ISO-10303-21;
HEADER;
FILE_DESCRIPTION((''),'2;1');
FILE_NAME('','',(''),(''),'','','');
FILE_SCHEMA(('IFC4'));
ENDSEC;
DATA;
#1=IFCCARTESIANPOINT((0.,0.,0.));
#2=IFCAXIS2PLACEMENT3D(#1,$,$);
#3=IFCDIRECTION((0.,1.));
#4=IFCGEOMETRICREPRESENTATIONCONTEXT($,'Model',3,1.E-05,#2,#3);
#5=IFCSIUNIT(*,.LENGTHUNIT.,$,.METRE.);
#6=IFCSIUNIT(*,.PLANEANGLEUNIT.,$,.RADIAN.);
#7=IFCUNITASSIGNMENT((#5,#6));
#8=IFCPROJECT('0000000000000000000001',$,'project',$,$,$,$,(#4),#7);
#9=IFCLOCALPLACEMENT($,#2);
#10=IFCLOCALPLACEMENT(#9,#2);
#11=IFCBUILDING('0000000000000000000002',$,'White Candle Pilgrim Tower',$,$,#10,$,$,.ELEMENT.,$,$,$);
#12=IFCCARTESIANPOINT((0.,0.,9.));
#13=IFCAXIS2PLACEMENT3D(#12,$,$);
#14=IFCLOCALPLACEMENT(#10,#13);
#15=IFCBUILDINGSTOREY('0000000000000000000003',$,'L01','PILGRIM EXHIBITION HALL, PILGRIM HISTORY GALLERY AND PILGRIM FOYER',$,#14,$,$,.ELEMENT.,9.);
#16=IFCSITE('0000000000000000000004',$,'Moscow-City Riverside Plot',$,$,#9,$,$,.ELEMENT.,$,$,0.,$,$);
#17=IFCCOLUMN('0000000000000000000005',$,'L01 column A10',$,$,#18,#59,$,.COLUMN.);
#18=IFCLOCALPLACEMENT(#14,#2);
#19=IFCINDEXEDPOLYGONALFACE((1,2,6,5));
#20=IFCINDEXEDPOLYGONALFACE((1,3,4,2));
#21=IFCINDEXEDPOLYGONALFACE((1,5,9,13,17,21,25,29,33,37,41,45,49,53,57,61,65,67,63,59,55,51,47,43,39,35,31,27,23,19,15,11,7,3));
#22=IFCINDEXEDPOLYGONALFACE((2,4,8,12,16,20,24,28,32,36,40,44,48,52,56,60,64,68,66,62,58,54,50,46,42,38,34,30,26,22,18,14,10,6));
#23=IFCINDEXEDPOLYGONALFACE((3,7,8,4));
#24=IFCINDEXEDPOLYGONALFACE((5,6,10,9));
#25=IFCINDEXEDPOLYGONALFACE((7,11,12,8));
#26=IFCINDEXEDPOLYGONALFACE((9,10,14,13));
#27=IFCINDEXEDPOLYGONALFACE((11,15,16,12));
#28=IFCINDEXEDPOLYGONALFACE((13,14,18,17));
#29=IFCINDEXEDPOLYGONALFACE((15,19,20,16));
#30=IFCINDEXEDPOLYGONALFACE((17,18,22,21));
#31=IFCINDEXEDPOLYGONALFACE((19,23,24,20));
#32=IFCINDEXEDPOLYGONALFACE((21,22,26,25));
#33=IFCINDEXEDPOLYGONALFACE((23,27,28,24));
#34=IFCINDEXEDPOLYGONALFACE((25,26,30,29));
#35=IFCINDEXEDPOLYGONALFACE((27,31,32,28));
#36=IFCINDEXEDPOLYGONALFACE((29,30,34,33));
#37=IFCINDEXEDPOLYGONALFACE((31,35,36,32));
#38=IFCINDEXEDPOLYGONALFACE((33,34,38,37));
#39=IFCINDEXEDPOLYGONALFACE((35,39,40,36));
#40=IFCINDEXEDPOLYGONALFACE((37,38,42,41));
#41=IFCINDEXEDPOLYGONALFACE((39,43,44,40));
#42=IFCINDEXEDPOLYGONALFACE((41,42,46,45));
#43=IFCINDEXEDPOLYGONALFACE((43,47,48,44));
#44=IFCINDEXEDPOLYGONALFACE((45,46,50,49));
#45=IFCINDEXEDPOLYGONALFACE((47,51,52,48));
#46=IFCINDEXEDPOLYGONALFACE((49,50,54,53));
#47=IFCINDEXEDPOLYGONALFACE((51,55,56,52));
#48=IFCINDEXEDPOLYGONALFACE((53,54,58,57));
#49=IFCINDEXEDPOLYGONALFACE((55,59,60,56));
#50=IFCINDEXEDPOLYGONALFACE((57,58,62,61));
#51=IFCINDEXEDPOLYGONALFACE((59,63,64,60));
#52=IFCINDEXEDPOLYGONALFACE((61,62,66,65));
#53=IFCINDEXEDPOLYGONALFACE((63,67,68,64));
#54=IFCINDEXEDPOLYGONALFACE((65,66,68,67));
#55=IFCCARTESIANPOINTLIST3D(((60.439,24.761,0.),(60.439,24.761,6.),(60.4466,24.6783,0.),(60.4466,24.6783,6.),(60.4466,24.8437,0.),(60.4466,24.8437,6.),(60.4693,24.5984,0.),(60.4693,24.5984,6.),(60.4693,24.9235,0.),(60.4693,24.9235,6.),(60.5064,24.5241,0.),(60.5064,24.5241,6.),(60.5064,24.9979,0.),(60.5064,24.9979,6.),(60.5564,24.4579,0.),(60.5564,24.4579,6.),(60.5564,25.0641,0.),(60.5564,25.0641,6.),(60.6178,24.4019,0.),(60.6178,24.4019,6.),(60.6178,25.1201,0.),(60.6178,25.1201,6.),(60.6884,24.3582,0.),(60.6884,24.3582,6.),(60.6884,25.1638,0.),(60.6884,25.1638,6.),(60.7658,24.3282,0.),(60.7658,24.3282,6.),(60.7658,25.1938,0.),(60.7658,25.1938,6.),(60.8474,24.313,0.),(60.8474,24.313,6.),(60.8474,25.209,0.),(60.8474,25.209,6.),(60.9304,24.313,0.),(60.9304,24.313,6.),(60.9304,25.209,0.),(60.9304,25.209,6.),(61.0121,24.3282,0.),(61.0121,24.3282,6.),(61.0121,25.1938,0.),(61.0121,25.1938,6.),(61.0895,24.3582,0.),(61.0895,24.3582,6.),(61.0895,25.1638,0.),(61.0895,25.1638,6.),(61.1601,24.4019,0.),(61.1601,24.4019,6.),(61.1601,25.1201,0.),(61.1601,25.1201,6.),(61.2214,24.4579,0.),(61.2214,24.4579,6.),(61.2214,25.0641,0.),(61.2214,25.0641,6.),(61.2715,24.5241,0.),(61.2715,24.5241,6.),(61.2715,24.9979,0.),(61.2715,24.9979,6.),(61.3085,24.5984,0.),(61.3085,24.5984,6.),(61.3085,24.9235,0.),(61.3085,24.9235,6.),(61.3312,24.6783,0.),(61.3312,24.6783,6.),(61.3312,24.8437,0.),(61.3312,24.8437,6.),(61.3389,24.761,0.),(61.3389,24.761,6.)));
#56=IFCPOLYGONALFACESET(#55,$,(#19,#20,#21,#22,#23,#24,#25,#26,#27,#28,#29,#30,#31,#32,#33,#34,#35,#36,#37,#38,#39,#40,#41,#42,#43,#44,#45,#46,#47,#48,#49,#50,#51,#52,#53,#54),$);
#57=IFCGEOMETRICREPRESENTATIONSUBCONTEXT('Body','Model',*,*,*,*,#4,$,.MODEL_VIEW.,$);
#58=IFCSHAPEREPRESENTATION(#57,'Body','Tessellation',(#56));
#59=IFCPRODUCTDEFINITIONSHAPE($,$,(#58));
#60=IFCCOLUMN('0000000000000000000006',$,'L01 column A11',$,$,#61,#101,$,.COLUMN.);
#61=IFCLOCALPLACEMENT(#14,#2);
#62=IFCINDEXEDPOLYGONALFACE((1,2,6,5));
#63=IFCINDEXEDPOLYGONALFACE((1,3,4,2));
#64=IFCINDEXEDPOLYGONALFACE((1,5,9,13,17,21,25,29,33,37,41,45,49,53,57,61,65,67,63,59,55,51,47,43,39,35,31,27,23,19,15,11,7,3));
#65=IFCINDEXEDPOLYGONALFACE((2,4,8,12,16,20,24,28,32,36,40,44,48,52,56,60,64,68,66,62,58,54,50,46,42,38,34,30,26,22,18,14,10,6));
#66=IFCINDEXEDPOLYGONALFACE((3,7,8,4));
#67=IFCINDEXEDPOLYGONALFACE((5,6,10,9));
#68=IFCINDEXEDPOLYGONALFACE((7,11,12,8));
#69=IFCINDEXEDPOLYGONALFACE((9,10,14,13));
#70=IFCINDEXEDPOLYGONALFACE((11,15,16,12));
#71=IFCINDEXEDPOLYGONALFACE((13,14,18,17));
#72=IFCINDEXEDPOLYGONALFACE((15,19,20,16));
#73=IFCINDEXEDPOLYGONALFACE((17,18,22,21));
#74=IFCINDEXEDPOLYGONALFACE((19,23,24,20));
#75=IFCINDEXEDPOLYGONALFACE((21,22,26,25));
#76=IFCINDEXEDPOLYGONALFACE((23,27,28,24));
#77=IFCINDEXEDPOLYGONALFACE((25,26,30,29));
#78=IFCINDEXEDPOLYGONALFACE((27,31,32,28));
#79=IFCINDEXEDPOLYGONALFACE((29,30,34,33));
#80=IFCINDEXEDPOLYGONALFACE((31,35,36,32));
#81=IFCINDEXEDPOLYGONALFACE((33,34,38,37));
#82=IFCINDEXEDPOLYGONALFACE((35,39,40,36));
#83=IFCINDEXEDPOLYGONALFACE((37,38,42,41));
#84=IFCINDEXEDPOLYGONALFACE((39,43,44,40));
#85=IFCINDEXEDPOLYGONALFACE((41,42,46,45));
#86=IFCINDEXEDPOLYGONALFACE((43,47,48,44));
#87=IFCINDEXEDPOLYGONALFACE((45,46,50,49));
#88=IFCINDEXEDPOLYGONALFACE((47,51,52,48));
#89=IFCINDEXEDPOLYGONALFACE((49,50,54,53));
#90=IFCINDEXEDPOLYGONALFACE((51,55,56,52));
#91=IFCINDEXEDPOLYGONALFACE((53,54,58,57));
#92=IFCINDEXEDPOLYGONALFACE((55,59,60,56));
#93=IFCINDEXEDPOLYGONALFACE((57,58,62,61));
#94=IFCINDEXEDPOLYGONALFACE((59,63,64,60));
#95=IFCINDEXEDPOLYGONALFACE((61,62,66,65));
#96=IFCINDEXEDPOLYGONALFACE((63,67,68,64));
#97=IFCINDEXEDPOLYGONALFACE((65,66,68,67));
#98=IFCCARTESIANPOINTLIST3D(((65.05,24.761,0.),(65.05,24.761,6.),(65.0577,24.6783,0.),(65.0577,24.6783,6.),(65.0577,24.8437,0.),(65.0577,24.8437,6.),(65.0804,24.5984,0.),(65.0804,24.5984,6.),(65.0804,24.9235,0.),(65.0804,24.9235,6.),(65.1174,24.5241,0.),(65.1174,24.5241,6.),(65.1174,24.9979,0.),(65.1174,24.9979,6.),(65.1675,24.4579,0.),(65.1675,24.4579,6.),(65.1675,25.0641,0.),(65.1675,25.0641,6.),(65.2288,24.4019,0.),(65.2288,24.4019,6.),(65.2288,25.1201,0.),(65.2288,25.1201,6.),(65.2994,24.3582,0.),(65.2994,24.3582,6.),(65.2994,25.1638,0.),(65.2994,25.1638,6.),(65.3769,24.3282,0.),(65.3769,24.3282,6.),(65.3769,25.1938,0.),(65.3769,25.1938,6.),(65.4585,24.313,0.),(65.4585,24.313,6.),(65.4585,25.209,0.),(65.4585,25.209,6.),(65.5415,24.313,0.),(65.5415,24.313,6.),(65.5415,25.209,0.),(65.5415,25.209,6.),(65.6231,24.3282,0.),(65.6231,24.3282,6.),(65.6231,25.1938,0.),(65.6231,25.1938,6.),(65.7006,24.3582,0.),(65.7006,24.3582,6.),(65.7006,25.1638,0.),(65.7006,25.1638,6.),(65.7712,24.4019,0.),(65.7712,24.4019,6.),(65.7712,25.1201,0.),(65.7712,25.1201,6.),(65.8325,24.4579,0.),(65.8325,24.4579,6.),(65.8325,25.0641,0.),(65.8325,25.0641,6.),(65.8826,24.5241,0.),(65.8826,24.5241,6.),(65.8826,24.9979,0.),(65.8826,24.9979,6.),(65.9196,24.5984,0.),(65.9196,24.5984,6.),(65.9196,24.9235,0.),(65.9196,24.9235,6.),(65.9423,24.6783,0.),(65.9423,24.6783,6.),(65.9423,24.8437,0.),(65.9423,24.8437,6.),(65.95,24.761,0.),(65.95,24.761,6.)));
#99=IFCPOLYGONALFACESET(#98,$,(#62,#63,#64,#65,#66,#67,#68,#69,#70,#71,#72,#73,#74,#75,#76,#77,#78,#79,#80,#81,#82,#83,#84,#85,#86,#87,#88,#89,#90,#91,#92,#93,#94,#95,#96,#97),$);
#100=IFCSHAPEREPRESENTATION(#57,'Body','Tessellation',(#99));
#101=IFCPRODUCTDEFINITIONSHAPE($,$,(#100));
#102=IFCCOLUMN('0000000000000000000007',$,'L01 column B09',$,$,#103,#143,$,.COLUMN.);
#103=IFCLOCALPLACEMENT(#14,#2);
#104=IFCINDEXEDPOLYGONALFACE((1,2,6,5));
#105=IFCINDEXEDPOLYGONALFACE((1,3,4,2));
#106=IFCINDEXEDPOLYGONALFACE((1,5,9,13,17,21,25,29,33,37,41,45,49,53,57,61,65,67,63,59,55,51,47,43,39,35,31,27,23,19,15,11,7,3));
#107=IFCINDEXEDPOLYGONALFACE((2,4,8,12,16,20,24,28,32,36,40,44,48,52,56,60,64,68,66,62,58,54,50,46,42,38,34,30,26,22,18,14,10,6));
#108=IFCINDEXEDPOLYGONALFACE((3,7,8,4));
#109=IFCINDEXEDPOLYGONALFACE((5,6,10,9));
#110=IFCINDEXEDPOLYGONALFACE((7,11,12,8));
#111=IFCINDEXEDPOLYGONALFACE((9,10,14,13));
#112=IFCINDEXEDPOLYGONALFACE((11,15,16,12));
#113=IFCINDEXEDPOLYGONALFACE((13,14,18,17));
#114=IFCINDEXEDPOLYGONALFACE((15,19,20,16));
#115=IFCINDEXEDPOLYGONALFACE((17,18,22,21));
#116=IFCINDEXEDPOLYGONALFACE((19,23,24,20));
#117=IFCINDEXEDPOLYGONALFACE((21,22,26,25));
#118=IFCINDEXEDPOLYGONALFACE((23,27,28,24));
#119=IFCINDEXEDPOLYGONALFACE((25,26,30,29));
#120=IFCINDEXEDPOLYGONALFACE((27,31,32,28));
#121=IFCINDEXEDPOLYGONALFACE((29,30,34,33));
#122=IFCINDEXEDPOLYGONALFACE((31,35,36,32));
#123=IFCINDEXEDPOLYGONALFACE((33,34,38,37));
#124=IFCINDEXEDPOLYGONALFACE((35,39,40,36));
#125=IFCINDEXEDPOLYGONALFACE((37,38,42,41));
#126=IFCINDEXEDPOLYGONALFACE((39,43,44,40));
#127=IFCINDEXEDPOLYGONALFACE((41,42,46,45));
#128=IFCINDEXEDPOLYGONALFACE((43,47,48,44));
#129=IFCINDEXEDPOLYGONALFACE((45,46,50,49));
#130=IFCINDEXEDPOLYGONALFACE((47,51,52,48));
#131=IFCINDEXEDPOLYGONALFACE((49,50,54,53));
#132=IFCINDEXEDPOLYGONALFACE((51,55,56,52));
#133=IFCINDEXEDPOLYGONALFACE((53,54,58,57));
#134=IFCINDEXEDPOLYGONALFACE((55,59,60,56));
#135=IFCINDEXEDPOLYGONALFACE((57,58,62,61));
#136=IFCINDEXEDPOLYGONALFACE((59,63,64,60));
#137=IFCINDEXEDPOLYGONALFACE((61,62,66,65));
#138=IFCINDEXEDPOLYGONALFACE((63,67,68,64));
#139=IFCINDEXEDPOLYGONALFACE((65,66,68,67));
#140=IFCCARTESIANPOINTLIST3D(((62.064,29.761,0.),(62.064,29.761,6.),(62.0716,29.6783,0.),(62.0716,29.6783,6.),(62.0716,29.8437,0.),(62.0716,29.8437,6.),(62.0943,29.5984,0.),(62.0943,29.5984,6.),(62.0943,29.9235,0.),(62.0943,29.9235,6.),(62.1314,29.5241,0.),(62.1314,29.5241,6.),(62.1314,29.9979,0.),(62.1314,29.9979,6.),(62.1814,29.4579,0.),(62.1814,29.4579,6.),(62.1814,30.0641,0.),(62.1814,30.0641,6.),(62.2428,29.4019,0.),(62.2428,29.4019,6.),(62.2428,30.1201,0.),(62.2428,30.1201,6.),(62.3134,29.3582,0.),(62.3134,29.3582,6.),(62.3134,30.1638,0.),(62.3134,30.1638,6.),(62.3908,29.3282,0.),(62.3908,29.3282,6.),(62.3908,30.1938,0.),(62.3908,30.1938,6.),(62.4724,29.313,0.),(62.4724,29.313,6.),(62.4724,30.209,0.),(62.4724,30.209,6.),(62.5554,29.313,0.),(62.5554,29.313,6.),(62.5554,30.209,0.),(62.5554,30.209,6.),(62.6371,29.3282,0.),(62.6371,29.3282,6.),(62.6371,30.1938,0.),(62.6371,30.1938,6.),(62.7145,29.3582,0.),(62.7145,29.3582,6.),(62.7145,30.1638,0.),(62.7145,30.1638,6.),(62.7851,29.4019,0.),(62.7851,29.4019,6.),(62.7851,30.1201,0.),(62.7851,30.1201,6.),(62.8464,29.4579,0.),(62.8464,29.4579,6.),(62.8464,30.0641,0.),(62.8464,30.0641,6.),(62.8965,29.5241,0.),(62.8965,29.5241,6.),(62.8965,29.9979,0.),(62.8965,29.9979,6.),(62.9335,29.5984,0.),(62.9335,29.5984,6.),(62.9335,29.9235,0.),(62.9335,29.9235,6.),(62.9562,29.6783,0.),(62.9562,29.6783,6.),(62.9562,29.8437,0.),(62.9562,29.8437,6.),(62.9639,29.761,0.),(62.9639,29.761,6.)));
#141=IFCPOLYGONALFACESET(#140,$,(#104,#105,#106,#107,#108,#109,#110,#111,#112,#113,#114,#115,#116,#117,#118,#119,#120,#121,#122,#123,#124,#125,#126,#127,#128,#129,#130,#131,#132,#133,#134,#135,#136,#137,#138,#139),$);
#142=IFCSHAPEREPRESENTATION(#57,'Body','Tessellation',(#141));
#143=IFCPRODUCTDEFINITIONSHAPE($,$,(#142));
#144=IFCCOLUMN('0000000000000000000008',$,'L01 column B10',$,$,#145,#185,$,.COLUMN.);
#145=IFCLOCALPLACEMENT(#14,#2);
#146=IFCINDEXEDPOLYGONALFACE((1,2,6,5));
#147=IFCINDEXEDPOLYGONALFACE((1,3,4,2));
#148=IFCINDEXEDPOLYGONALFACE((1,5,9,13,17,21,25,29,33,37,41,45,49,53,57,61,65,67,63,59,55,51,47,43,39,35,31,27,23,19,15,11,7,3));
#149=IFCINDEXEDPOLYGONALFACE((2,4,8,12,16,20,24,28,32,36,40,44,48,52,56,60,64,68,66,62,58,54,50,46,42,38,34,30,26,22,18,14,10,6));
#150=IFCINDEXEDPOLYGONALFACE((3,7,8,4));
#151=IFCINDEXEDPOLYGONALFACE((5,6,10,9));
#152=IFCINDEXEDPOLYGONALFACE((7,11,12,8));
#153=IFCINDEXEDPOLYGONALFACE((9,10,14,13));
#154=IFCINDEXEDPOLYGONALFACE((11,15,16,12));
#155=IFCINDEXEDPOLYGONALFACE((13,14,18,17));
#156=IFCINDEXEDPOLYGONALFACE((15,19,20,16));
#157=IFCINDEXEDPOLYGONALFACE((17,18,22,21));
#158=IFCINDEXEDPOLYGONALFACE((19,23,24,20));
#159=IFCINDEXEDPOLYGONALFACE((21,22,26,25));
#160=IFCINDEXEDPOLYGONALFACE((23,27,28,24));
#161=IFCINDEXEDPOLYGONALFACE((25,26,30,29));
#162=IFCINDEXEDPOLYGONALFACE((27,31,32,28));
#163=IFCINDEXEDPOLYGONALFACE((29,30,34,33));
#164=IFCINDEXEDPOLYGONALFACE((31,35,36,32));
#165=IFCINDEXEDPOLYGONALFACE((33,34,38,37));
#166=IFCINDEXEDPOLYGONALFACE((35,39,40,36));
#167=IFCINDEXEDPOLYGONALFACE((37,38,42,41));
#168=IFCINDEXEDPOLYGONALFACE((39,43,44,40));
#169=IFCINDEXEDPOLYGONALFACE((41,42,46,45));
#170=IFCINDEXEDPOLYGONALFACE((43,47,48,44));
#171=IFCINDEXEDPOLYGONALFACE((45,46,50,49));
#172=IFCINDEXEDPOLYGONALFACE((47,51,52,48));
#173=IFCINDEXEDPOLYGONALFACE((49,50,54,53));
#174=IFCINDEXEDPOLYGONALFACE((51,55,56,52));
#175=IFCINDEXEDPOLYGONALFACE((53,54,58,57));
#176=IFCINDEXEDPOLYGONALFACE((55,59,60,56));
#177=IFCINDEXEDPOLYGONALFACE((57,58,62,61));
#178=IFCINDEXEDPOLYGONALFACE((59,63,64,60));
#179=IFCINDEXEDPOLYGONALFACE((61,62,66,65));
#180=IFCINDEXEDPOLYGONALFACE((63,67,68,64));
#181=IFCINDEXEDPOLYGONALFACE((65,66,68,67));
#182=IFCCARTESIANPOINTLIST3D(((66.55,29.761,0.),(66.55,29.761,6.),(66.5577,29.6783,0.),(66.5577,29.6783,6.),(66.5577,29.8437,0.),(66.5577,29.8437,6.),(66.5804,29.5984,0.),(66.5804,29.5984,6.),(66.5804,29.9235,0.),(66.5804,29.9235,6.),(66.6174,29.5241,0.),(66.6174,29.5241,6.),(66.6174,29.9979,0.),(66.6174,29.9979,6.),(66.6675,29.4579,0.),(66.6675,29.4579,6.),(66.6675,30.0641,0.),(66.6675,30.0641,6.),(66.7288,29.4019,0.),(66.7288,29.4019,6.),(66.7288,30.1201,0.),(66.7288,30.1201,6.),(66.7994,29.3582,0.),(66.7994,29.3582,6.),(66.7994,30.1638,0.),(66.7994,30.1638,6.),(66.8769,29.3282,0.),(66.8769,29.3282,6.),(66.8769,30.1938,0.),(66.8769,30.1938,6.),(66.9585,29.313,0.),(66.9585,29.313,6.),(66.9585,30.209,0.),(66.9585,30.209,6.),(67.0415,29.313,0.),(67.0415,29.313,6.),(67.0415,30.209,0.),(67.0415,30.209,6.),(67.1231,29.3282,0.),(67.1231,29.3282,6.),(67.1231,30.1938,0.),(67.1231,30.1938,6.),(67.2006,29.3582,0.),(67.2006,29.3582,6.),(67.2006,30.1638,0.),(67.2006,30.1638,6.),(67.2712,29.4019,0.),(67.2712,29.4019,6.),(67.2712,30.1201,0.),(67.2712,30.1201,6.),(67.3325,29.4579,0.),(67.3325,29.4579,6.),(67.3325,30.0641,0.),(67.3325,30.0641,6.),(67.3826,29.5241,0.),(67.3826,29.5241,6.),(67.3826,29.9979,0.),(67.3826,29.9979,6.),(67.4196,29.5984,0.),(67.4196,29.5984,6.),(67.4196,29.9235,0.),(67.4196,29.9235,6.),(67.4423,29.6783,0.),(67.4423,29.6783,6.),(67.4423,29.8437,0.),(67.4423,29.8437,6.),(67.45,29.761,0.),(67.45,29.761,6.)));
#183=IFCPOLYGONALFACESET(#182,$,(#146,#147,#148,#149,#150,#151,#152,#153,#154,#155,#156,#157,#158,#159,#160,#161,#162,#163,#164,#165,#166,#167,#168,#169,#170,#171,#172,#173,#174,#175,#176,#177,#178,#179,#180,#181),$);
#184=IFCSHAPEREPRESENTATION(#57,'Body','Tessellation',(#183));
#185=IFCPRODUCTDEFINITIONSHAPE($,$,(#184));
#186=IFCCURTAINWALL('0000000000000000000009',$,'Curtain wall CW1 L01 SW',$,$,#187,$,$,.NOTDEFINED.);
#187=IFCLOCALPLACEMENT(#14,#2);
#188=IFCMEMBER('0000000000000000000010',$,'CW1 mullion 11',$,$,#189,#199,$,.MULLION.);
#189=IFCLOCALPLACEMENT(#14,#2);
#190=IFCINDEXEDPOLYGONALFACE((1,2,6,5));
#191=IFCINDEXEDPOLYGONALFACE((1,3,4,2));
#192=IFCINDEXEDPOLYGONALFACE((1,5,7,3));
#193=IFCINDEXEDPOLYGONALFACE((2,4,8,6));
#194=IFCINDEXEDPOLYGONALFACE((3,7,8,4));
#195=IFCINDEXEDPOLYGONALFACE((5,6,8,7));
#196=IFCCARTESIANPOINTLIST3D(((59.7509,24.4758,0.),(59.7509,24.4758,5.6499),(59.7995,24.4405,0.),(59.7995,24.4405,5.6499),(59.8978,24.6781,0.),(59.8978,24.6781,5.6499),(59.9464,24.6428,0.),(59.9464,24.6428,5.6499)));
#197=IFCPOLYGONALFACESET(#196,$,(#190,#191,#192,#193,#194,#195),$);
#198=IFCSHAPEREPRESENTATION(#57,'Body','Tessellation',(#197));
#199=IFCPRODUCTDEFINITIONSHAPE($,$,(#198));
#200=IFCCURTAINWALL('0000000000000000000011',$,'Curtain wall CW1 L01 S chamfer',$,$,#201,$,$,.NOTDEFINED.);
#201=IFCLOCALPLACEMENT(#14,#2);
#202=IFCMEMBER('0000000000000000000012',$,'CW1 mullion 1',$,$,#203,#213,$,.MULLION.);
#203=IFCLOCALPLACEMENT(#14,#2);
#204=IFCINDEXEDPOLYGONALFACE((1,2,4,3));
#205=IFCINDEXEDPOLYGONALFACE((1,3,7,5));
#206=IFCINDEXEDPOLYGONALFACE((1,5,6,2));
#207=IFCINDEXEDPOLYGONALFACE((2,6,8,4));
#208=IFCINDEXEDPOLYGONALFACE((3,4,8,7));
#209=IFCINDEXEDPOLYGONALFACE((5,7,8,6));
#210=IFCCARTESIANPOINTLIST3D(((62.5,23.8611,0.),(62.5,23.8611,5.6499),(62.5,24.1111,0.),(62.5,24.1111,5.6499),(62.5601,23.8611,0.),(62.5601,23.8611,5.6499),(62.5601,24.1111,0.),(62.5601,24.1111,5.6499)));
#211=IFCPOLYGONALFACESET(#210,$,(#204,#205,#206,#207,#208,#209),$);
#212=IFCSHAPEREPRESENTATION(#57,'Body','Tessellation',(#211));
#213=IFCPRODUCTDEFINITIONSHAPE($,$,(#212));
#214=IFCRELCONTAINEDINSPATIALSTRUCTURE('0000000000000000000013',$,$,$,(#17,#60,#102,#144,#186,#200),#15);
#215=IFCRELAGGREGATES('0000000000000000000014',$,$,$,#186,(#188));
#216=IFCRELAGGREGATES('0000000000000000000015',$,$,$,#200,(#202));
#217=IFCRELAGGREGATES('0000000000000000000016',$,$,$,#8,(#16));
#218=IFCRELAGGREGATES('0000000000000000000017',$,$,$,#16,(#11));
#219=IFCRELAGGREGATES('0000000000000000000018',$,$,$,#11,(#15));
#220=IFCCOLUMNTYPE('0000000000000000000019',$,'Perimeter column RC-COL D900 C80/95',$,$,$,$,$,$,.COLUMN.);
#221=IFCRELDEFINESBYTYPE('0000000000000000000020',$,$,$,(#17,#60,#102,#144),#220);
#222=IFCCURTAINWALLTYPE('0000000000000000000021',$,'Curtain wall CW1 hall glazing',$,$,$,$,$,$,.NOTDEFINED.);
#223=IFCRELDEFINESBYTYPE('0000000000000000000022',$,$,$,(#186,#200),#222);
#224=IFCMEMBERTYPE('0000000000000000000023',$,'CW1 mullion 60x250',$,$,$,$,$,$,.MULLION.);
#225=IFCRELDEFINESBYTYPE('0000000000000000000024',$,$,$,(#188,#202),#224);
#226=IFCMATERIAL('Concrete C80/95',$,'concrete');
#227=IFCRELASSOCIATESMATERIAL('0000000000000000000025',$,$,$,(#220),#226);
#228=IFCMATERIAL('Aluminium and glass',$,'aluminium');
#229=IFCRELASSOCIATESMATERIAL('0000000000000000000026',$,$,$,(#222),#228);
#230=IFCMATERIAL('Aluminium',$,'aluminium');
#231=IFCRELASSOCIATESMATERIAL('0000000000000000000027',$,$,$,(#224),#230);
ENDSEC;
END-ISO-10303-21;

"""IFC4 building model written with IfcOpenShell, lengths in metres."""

from ifc_helpers import new_model, si_unit, direction, frame, origin, origin_2d, place, context, subcontext, project, spatial, rectangle, circle, extrude, material, material_profile, profile_set, type_object, element, aggregate, save


model = new_model("IFC4")

# Units and contexts
model_context = context("Model", 3, precision=1e-05, world=origin(), true_north=direction((0.0, 1.0)))
body_context = subcontext(model_context, "Body", "Model", "MODEL_VIEW")
ifc_project = project(units=[si_unit("LENGTHUNIT", "METRE"), si_unit("PLANEANGLEUNIT", "RADIAN")], contexts=[model_context])

# Site, building, storey
site_placement = place(None, origin())
site = spatial("IfcSite", under=ifc_project, at=site_placement, Name="Moscow-City Riverside Plot", CompositionType="ELEMENT", RefElevation=0.0)
building_placement = place(site_placement, origin())
building = spatial("IfcBuilding", under=site, at=building_placement, Name="White Candle Pilgrim Tower", CompositionType="ELEMENT")
storey_placement = place(building_placement, frame((0.0, 0.0, 9.0)))
storey = spatial("IfcBuildingStorey", under=building, at=storey_placement, Name="L01", Description="PILGRIM EXHIBITION HALL, PILGRIM HISTORY GALLERY AND PILGRIM FOYER", CompositionType="ELEMENT", Elevation=9.0)

# Columns
ifc_material_1 = material(Name="Concrete C80/95", Category="concrete")
ifc_material_profile_1 = material_profile(ifc_material_1, circle(Radius=0.45, at=origin_2d()), Name="RC-COL D900")
ifc_profile_set_1 = profile_set([ifc_material_profile_1], Name="Concrete C80/95")
column_type = type_object("IfcColumnType", Name="Perimeter column RC-COL D900 C80/95", PredefinedType="COLUMN", material=ifc_profile_set_1)
for number, where, z_axis, x_axis, name in (
    (1, (60.8889, 24.761, 0.0), (0.0, 0.0, 1.0), (1.0, 0.0, 0.0), "L01 column A10"),
    (2, (65.5, 24.761, 0.0), (0.0, 0.0, 1.0), (1.0, 0.0, 0.0), "L01 column A11"),
    (3, (62.5139, 29.761, 0.0), (0.0, 0.0, 1.0), (1.0, 0.0, 0.0), "L01 column B09"),
    (4, (67.0, 29.761, 0.0), (0.0, 0.0, 1.0), (1.0, 0.0, 0.0), "L01 column B10"),
):
    element("IfcColumn", number, at=place(storey_placement, frame(where, z_axis=z_axis, x_axis=x_axis)), inside=storey, type_object=column_type, Name=name, PredefinedType="COLUMN", context=body_context, shape_type="SweptSolid", body=[
        extrude(circle(Radius=0.45, at=origin_2d()), origin(), (0.0, 0.0, 1.0), 6.0),
    ])

# Curtain wall, member
ifc_material_2 = material(Name="Aluminium and glass", Category="aluminium")
curtain_wall_type = type_object("IfcCurtainWallType", Name="Curtain wall CW1 hall glazing", PredefinedType="NOTDEFINED", material=ifc_material_2)
curtain_wall_1_placement = place(storey_placement, origin())
curtain_wall_1 = element("IfcCurtainWall", 5, at=curtain_wall_1_placement, inside=storey, type_object=curtain_wall_type, Name="Curtain wall CW1 L01 SW", PredefinedType="NOTDEFINED")
ifc_material_3 = material(Name="Aluminium", Category="aluminium")
ifc_material_profile_2 = material_profile(ifc_material_3, rectangle(XDim=0.25, YDim=0.0601, at=origin_2d()), Name="CW1 mullion 60x250")
ifc_profile_set_2 = profile_set([ifc_material_profile_2], Name="Aluminium")
member_type_1 = type_object("IfcMemberType", Name="CW1 mullion 60x250", PredefinedType="MULLION", material=ifc_profile_set_2)
member_1_placement = place(storey_placement, frame((59.8486, 24.5593, 0.0), z_axis=(0.0, 0.0, 1.0), x_axis=(0.587785, 0.809017, 0.0)))
member_1 = element("IfcMember", 6, at=member_1_placement, type_object=member_type_1, Name="CW1 mullion 11", PredefinedType="MULLION", context=body_context, shape_type="SweptSolid", body=[
    extrude(rectangle(XDim=0.25, YDim=0.0601, at=origin_2d()), origin(), (0.0, 0.0, 1.0), 5.6499),
])
aggregate(curtain_wall_1, [member_1])

# Curtain wall, member
curtain_wall_2_placement = place(storey_placement, origin())
curtain_wall_2 = element("IfcCurtainWall", 7, at=curtain_wall_2_placement, inside=storey, type_object=curtain_wall_type, Name="Curtain wall CW1 L01 S chamfer", PredefinedType="NOTDEFINED")
member_2_placement = place(storey_placement, frame((62.53, 23.9861, 0.0), z_axis=(0.0, 0.0, 1.0), x_axis=(0.0, 1.0, 0.0)))
member_2 = element("IfcMember", 8, at=member_2_placement, type_object=member_type_1, Name="CW1 mullion 1", PredefinedType="MULLION", context=body_context, shape_type="SweptSolid", body=[
    extrude(rectangle(XDim=0.25, YDim=0.0601, at=origin_2d()), origin(), (0.0, 0.0, 1.0), 5.6499),
])

aggregate(curtain_wall_2, [member_2])

save(model, "model.ifc")
